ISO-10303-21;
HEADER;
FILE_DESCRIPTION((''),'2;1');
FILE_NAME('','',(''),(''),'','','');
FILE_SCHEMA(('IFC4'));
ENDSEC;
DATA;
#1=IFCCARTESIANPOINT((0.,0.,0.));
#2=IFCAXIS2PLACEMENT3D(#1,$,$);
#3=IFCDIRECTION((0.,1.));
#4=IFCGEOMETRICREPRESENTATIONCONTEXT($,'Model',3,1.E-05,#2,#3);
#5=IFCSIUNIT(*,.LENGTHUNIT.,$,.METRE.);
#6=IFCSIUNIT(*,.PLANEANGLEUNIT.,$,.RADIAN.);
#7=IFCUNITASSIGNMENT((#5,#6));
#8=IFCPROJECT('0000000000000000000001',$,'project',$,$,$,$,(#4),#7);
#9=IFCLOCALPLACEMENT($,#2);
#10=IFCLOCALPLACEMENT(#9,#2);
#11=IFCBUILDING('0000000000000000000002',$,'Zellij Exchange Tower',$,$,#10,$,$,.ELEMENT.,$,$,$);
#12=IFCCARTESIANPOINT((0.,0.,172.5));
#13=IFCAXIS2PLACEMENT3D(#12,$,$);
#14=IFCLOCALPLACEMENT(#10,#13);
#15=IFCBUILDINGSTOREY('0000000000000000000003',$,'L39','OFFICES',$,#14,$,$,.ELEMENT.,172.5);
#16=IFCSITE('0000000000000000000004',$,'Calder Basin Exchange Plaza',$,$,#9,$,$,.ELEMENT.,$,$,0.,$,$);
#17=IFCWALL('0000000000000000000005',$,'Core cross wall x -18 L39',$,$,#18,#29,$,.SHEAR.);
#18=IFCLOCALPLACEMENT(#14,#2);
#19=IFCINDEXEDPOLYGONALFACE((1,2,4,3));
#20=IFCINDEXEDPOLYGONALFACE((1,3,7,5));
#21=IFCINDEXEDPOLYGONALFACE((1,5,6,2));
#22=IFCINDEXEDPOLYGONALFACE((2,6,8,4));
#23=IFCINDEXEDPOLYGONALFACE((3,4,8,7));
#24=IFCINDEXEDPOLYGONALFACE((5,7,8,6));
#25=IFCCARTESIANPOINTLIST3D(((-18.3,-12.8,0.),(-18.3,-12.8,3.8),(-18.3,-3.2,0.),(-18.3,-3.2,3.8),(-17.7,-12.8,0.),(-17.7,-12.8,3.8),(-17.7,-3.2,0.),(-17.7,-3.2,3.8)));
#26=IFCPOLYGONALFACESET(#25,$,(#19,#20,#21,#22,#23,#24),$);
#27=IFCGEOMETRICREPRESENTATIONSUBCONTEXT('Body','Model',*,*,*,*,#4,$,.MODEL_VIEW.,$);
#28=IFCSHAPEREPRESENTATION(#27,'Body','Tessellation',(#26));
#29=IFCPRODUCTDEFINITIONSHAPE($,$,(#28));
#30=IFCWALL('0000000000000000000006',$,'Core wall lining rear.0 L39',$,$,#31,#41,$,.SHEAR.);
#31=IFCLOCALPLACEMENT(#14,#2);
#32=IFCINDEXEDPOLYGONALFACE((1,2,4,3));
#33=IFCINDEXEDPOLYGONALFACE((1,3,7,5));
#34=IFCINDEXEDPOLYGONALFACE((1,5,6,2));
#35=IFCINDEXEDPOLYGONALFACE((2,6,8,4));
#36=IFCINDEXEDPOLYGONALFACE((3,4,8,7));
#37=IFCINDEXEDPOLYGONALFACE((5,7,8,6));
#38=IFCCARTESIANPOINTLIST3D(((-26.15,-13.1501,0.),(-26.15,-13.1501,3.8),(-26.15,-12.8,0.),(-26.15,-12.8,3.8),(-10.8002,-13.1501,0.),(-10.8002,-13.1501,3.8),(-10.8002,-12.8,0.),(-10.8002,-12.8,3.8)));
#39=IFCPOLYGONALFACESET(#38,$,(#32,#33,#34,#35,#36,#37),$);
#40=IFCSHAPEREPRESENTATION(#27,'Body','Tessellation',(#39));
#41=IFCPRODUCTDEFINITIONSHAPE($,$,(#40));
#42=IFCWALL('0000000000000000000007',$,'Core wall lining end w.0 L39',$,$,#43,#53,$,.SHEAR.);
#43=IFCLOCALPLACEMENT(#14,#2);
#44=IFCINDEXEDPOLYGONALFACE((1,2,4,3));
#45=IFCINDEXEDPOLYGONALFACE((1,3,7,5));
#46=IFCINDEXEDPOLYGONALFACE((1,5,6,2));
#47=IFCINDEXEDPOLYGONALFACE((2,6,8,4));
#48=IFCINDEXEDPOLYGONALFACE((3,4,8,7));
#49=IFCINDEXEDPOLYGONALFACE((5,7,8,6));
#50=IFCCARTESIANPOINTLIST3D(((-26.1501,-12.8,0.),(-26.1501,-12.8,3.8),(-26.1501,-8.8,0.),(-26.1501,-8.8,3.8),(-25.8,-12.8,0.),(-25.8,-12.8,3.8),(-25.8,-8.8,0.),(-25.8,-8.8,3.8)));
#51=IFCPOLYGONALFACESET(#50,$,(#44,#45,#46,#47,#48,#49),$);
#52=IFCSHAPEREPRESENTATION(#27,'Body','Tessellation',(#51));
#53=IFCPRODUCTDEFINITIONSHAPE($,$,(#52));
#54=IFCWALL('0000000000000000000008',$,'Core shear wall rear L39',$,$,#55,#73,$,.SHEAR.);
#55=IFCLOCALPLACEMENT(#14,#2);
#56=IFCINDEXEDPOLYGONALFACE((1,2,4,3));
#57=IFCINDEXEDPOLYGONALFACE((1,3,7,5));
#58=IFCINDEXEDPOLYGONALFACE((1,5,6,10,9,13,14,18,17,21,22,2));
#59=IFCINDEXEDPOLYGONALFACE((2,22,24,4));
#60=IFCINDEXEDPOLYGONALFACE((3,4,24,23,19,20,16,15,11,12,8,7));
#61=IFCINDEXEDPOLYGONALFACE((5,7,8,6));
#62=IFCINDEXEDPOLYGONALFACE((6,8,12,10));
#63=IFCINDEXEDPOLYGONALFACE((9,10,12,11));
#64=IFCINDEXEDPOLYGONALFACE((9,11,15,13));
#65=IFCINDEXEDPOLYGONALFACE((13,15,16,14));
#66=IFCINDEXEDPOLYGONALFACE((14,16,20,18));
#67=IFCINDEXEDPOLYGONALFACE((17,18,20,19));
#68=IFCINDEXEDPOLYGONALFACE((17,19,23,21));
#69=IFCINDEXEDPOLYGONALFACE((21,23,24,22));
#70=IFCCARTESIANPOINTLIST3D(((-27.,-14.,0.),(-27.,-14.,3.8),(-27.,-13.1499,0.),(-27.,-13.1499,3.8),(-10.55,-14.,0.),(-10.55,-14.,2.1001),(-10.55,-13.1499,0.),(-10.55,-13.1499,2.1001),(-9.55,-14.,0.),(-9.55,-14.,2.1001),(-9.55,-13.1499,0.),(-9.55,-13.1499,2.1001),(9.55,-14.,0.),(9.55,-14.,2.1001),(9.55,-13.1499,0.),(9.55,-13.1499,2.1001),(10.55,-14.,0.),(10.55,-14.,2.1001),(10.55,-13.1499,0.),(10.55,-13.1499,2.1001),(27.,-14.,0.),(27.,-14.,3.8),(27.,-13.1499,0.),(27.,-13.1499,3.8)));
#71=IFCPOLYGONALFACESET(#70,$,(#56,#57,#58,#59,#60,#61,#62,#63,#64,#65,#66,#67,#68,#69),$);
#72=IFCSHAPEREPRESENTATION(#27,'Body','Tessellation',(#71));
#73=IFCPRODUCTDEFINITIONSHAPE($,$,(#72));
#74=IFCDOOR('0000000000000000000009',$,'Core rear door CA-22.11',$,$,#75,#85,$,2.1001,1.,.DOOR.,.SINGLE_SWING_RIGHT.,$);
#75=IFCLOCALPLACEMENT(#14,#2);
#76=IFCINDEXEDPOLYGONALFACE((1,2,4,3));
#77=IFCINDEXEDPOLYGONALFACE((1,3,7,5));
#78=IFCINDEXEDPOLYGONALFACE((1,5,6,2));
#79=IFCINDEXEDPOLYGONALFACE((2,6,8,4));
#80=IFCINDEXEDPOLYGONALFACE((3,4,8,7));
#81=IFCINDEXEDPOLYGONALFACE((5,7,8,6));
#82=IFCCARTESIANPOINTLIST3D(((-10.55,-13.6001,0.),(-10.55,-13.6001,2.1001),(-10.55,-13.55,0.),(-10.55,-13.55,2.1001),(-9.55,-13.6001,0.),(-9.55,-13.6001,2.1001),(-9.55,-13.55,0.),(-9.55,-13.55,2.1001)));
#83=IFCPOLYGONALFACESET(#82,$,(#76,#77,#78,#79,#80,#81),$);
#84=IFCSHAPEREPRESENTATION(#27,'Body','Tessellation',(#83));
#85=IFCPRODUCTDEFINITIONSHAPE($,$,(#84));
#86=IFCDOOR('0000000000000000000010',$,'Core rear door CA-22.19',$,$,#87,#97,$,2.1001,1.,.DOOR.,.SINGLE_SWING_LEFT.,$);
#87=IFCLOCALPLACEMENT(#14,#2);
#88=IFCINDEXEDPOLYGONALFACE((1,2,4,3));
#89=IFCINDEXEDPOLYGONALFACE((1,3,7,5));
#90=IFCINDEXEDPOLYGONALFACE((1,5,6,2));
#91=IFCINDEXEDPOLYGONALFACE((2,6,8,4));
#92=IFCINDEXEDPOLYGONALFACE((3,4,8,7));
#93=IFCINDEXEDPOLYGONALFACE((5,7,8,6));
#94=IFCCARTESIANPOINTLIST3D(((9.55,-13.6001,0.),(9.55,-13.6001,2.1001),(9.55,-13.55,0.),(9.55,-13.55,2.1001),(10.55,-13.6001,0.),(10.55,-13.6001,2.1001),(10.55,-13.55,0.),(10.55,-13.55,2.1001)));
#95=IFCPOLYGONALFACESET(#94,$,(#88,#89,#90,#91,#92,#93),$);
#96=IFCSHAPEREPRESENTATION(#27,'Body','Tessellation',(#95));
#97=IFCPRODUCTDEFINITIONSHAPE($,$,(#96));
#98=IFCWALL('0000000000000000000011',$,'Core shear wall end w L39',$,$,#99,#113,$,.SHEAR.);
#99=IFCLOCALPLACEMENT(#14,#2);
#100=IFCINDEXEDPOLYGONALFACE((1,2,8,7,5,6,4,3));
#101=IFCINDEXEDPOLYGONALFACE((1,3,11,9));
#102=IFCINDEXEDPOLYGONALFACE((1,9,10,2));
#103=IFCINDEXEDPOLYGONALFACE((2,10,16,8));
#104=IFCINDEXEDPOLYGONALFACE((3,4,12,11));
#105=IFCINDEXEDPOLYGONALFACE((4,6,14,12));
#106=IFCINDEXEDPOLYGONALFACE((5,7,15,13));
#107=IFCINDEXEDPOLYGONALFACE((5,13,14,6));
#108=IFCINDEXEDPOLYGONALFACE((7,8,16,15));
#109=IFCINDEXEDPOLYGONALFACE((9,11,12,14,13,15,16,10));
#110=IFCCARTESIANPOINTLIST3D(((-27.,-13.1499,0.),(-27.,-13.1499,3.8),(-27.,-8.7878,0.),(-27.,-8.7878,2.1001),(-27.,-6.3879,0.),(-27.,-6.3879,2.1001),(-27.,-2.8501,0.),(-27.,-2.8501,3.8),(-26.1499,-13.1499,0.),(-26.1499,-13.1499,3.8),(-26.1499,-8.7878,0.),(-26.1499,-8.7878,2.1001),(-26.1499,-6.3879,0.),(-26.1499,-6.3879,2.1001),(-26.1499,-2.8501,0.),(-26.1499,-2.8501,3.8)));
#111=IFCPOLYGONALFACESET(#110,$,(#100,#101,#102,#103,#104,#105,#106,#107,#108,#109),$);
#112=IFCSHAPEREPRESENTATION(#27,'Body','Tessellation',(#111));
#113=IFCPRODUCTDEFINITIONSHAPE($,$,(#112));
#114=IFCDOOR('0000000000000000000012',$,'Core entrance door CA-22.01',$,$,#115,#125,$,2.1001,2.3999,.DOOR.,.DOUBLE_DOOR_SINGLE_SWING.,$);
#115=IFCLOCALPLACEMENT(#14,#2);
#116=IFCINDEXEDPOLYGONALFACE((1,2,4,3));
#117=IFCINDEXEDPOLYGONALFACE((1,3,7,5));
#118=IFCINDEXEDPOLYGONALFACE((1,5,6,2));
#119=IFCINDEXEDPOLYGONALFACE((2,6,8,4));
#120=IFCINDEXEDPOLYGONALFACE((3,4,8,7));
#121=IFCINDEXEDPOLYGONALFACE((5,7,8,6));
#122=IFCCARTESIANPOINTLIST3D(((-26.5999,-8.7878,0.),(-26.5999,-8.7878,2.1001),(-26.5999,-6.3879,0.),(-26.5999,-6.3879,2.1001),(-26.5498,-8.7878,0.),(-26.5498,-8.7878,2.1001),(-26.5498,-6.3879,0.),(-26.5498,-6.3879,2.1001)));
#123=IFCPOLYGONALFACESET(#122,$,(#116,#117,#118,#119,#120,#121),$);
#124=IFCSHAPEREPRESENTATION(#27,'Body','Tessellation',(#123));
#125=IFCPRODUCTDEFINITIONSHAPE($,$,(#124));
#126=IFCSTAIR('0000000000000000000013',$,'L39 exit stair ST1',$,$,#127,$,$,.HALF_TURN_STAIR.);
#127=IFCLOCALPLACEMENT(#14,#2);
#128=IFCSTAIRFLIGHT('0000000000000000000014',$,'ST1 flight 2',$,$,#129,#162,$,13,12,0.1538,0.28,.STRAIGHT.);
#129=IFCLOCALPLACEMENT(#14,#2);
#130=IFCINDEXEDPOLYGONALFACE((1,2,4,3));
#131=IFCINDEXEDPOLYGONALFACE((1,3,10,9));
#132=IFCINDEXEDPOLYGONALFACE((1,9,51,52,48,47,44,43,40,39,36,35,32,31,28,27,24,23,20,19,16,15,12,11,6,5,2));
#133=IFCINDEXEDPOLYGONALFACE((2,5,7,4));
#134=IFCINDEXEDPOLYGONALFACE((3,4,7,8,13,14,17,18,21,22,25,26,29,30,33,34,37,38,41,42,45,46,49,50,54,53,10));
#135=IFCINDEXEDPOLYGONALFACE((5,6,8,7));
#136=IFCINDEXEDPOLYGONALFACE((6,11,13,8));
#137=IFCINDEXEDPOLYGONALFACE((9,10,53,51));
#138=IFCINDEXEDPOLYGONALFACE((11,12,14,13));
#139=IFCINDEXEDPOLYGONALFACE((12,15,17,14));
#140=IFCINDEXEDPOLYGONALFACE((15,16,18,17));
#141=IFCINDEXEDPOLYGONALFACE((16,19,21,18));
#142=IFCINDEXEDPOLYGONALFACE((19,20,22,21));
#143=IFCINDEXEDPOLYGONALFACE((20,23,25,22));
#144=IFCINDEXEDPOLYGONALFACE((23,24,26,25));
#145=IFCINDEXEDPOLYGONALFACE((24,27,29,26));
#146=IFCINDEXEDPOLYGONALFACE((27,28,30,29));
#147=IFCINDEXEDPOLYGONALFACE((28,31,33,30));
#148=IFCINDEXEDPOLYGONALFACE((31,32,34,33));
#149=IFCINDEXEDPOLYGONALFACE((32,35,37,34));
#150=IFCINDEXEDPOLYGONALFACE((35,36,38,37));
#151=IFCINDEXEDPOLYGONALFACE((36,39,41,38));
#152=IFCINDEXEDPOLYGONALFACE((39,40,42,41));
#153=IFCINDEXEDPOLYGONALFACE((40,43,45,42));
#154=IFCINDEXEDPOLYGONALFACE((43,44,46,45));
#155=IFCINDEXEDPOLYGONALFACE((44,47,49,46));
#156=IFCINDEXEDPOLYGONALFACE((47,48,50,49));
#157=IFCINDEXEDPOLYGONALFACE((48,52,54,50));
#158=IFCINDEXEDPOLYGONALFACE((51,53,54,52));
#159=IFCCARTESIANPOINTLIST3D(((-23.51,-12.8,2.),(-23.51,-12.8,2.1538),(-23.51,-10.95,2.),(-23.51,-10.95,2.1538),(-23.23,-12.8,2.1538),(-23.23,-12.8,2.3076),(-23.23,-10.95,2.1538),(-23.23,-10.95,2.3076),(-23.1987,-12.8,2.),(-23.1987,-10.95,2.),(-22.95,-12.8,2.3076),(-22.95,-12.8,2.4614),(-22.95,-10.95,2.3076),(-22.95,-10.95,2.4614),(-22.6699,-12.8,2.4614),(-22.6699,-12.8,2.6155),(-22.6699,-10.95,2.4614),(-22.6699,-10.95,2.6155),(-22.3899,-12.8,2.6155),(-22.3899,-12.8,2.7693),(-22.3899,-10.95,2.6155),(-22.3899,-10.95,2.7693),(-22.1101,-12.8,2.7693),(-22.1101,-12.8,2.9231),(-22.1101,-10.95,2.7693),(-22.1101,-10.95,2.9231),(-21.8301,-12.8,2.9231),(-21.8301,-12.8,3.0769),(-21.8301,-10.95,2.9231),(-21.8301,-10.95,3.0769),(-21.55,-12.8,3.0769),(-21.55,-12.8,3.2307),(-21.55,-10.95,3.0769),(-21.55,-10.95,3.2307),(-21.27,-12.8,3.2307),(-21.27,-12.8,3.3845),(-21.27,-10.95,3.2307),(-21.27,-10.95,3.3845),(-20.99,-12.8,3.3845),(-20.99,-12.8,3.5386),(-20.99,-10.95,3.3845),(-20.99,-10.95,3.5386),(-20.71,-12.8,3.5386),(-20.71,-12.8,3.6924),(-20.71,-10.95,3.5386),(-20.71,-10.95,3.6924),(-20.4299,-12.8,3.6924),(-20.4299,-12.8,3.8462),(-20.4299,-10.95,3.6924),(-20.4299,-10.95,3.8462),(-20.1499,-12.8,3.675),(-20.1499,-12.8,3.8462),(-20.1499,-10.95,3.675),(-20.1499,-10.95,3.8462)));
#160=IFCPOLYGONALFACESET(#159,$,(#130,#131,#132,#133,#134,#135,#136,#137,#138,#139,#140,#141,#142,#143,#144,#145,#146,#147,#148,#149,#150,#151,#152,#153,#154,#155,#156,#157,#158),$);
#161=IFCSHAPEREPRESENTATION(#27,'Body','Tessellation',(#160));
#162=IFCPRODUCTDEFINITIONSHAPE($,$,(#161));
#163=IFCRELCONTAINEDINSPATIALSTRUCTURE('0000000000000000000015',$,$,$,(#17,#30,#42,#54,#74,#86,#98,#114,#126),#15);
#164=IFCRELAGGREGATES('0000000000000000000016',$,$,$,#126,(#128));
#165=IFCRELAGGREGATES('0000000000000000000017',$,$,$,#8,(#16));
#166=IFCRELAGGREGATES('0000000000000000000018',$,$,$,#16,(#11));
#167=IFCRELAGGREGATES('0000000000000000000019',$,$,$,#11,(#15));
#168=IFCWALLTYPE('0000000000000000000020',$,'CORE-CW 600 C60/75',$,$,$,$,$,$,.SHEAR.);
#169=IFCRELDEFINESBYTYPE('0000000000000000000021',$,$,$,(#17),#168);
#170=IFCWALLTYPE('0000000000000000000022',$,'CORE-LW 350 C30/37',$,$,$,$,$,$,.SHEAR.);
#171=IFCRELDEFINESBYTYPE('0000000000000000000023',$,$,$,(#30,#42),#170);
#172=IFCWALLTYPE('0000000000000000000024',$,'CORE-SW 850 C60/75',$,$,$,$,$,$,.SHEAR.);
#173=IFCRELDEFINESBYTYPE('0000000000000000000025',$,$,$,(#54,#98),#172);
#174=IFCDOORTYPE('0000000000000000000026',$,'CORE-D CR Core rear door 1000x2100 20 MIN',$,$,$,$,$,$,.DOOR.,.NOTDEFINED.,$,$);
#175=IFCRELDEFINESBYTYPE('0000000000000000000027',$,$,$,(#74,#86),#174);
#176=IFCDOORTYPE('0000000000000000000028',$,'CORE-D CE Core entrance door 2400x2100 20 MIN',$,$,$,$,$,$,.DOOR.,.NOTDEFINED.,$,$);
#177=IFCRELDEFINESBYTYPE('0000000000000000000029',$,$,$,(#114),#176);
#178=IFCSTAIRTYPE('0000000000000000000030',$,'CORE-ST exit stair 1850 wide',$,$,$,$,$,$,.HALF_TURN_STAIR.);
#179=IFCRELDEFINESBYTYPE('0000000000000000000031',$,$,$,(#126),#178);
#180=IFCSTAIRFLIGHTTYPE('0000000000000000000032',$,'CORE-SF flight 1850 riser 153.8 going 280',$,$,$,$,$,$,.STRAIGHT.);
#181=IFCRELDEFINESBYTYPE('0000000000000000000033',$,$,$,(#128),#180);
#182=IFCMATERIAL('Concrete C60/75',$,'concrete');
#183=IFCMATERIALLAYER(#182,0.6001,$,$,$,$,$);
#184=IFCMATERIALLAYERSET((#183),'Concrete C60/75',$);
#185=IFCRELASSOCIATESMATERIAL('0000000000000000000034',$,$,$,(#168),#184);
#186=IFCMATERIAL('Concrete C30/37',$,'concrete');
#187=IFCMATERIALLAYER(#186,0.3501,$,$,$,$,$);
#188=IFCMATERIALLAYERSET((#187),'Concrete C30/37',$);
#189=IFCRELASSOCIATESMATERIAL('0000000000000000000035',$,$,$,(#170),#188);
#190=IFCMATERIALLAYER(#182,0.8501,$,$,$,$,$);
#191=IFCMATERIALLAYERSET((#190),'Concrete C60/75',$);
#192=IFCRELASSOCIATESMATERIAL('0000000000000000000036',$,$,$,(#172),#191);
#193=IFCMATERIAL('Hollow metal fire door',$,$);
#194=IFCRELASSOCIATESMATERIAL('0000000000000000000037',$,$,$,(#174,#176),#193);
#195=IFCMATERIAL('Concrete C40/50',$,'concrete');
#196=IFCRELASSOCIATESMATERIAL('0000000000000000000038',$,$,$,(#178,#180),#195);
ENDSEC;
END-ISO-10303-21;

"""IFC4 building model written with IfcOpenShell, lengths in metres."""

from ifc_helpers import new_model, si_unit, direction, frame, frame_2d, origin, place, context, subcontext, project, spatial, polyline, rectangle, outline, extrude, material, layer, layer_set, type_object, element, fill, aggregate, save


model = new_model("IFC4")

# Units and contexts
model_context = context("Model", 3, precision=1e-05, world=origin(), true_north=direction((0.0, 1.0)))
body_context = subcontext(model_context, "Body", "Model", "MODEL_VIEW")
ifc_project = project(units=[si_unit("LENGTHUNIT", "METRE"), si_unit("PLANEANGLEUNIT", "RADIAN")], contexts=[model_context])

# Site, building, storey
site_placement = place(None, origin())
site = spatial("IfcSite", under=ifc_project, at=site_placement, Name="Calder Basin Exchange Plaza", CompositionType="ELEMENT", RefElevation=0.0)
building_placement = place(site_placement, origin())
building = spatial("IfcBuilding", under=site, at=building_placement, Name="Zellij Exchange Tower", CompositionType="ELEMENT")
storey_placement = place(building_placement, frame((0.0, 0.0, 172.5)))
storey = spatial("IfcBuildingStorey", under=building, at=storey_placement, Name="L39", Description="OFFICES", CompositionType="ELEMENT", Elevation=172.5)

# Walls
ifc_material_1 = material(Name="Concrete C60/75", Category="concrete")
ifc_layer_1 = layer(ifc_material_1, 0.6001)
ifc_layer_set_1 = layer_set([ifc_layer_1], Name="Concrete C60/75")
wall_type_1 = type_object("IfcWallType", Name="CORE-CW 600 C60/75", PredefinedType="SHEAR", material=ifc_layer_set_1)
wall_1_placement = place(storey_placement, frame((-18.0, -12.8, 0.0), z_axis=(0.0, 0.0, 1.0), x_axis=(0.0, 1.0, 0.0)))
element("IfcWall", 1, at=wall_1_placement, inside=storey, type_object=wall_type_1, Name="Core cross wall x -18 L39", PredefinedType="SHEAR", context=body_context, shape_type="SweptSolid", body=[
    extrude(rectangle(XDim=9.6001, YDim=0.6001, at=frame_2d((4.8, 0.0))), origin(), (0.0, 0.0, 1.0), 3.8),
])
ifc_material_2 = material(Name="Concrete C30/37", Category="concrete")
ifc_layer_2 = layer(ifc_material_2, 0.3501)
ifc_layer_set_2 = layer_set([ifc_layer_2], Name="Concrete C30/37")
wall_type_2 = type_object("IfcWallType", Name="CORE-LW 350 C30/37", PredefinedType="SHEAR", material=ifc_layer_set_2)
wall_2_placement = place(storey_placement, frame((-26.1499, -12.9751, 0.0), z_axis=(0.0, 0.0, 1.0), x_axis=(1.0, 0.0, 0.0)))
element("IfcWall", 2, at=wall_2_placement, inside=storey, type_object=wall_type_2, Name="Core wall lining rear.0 L39", PredefinedType="SHEAR", context=body_context, shape_type="SweptSolid", body=[
    extrude(rectangle(XDim=15.3499, YDim=0.3501, at=frame_2d((7.6748, 0.0))), origin(), (0.0, 0.0, 1.0), 3.8),
])
wall_3_placement = place(storey_placement, frame((-25.9751, -12.8, 0.0), z_axis=(0.0, 0.0, 1.0), x_axis=(0.0, 1.0, 0.0)))
element("IfcWall", 3, at=wall_3_placement, inside=storey, type_object=wall_type_2, Name="Core wall lining end w.0 L39", PredefinedType="SHEAR", context=body_context, shape_type="SweptSolid", body=[
    extrude(rectangle(XDim=4.0, YDim=0.3501, at=frame_2d((2.0, 0.0))), origin(), (0.0, 0.0, 1.0), 3.8),
])

# Wall, openings, doors
ifc_layer_3 = layer(ifc_material_1, 0.8501)
ifc_layer_set_3 = layer_set([ifc_layer_3], Name="Concrete C60/75")
wall_type_3 = type_object("IfcWallType", Name="CORE-SW 850 C60/75", PredefinedType="SHEAR", material=ifc_layer_set_3)
wall_4_placement = place(storey_placement, frame((-27.0, -13.575, 0.0), z_axis=(0.0, 0.0, 1.0), x_axis=(1.0, 0.0, 0.0)))
wall_4 = element("IfcWall", 4, at=wall_4_placement, inside=storey, type_object=wall_type_3, Name="Core shear wall rear L39", PredefinedType="SHEAR", context=body_context, shape_type="SweptSolid", body=[
    extrude(rectangle(XDim=54.0, YDim=0.8501, at=frame_2d((27.0, 0.0))), origin(), (0.0, 0.0, 1.0), 3.8),
])
opening_1_placement = place(wall_4_placement, frame((16.45, 0.0, 0.0)))
opening_1 = element("IfcOpeningElement", 5, at=opening_1_placement, cuts=wall_4, PredefinedType="OPENING", context=body_context, shape_type="SweptSolid", body=[
    extrude(rectangle(XDim=1.0, YDim=2.1001, at=frame_2d((0.5, 1.05))), frame((0.0, 0.437, 0.0), z_axis=(0.0, -1.0, 0.0), x_axis=(1.0, 0.0, 0.0)), (0.0, 0.0, 1.0), 0.874),
])
opening_2_placement = place(wall_4_placement, frame((36.55, 0.0, 0.0)))
opening_2 = element("IfcOpeningElement", 6, at=opening_2_placement, cuts=wall_4, PredefinedType="OPENING", context=body_context, shape_type="SweptSolid", body=[
    extrude(rectangle(XDim=1.0, YDim=2.1001, at=frame_2d((0.5, 1.05))), frame((0.0, 0.437, 0.0), z_axis=(0.0, -1.0, 0.0), x_axis=(1.0, 0.0, 0.0)), (0.0, 0.0, 1.0), 0.874),
])
ifc_material_3 = material(Name="Hollow metal fire door")
door_type_1 = type_object("IfcDoorType", Name="CORE-D CR Core rear door 1000x2100 20 MIN", OperationType="NOTDEFINED", PredefinedType="DOOR", material=ifc_material_3)
door_1_placement = place(opening_1_placement, origin())
door_1 = element("IfcDoor", 7, at=door_1_placement, inside=storey, type_object=door_type_1, Name="Core rear door CA-22.11", OperationType="SINGLE_SWING_RIGHT", OverallHeight=2.1001, OverallWidth=1.0, PredefinedType="DOOR", context=body_context, shape_type="SweptSolid", body=[
    extrude(rectangle(XDim=1.0, YDim=2.1001, at=frame_2d((0.5, 1.05))), frame((0.0, 0.0249, 0.0), z_axis=(0.0, -1.0, 0.0), x_axis=(1.0, 0.0, 0.0)), (0.0, 0.0, 1.0), 0.05),
])
fill(opening_1, door_1)
door_2_placement = place(opening_2_placement, origin())
door_2 = element("IfcDoor", 8, at=door_2_placement, inside=storey, type_object=door_type_1, Name="Core rear door CA-22.19", OperationType="SINGLE_SWING_LEFT", OverallHeight=2.1001, OverallWidth=1.0, PredefinedType="DOOR", context=body_context, shape_type="SweptSolid", body=[
    extrude(rectangle(XDim=1.0, YDim=2.1001, at=frame_2d((0.5, 1.05))), frame((0.0, 0.0249, 0.0), z_axis=(0.0, -1.0, 0.0), x_axis=(1.0, 0.0, 0.0)), (0.0, 0.0, 1.0), 0.05),
])
fill(opening_2, door_2)

# Wall, opening, door
wall_5_placement = place(storey_placement, frame((-26.575, -13.1499, 0.0), z_axis=(0.0, 0.0, 1.0), x_axis=(0.0, 1.0, 0.0)))
wall_5 = element("IfcWall", 9, at=wall_5_placement, inside=storey, type_object=wall_type_3, Name="Core shear wall end w L39", PredefinedType="SHEAR", context=body_context, shape_type="SweptSolid", body=[
    extrude(rectangle(XDim=10.2998, YDim=0.8501, at=frame_2d((5.1499, 0.0))), origin(), (0.0, 0.0, 1.0), 3.8),
])
opening_3_placement = place(wall_5_placement, frame((4.3621, 0.0, 0.0)))
opening_3 = element("IfcOpeningElement", 10, at=opening_3_placement, cuts=wall_5, PredefinedType="OPENING", context=body_context, shape_type="SweptSolid", body=[
    extrude(rectangle(XDim=2.3999, YDim=2.1001, at=frame_2d((1.2, 1.05))), frame((0.0, 0.437, 0.0), z_axis=(0.0, -1.0, 0.0), x_axis=(1.0, 0.0, 0.0)), (0.0, 0.0, 1.0), 0.874),
])
door_type_2 = type_object("IfcDoorType", Name="CORE-D CE Core entrance door 2400x2100 20 MIN", OperationType="NOTDEFINED", PredefinedType="DOOR", material=ifc_material_3)
door_3_placement = place(opening_3_placement, origin())
door_3 = element("IfcDoor", 11, at=door_3_placement, inside=storey, type_object=door_type_2, Name="Core entrance door CA-22.01", OperationType="DOUBLE_DOOR_SINGLE_SWING", OverallHeight=2.1001, OverallWidth=2.3999, PredefinedType="DOOR", context=body_context, shape_type="SweptSolid", body=[
    extrude(rectangle(XDim=2.3999, YDim=2.1001, at=frame_2d((1.2, 1.05))), frame((0.0, 0.0249, 0.0), z_axis=(0.0, -1.0, 0.0), x_axis=(1.0, 0.0, 0.0)), (0.0, 0.0, 1.0), 0.05),
])
fill(opening_3, door_3)

# Stair, stair flight
ifc_material_4 = material(Name="Concrete C40/50", Category="concrete")
stair_type = type_object("IfcStairType", Name="CORE-ST exit stair 1850 wide", PredefinedType="HALF_TURN_STAIR", material=ifc_material_4)
stair_placement = place(storey_placement, origin())
stair = element("IfcStair", 12, at=stair_placement, inside=storey, type_object=stair_type, Name="L39 exit stair ST1", PredefinedType="HALF_TURN_STAIR")
stair_flight_type = type_object("IfcStairFlightType", Name="CORE-SF flight 1850 riser 153.8 going 280", PredefinedType="STRAIGHT", material=ifc_material_4)
stair_flight_placement = place(storey_placement, frame((-23.51, -11.875, 2.0), z_axis=(0.0, 0.0, 1.0), x_axis=(1.0, 0.0, 0.0)))
stair_flight = element("IfcStairFlight", 13, at=stair_flight_placement, type_object=stair_flight_type, Name="ST1 flight 2", NumberOfRisers=13, NumberOfTreads=12, PredefinedType="STRAIGHT", RiserHeight=0.1538, TreadLength=0.28, context=body_context, shape_type="SweptSolid", body=[
    extrude(outline(polyline([(0.0, 0.0), (0.0, 0.1538), (0.28, 0.1538), (0.28, 0.3076), (0.5601, 0.3076), (0.5601, 0.4614), (0.8401, 0.4614), (0.8401, 0.6155), (1.1201, 0.6155), (1.1201, 0.7693), (1.3999, 0.7693), (1.3999, 0.9231), (1.6799, 0.9231), (1.6799, 1.0769), (1.96, 1.0769), (1.96, 1.2307), (2.24, 1.2307), (2.24, 1.3845), (2.52, 1.3845), (2.52, 1.5386), (2.8, 1.5386), (2.8, 1.6924), (3.0801, 1.6924), (3.0801, 1.8462), (3.3601, 1.8462), (3.3601, 2.0), (3.3601, 1.675), (0.3113, 0.0), (0.0, 0.0)])), frame((0.0, 0.925, 0.0), z_axis=(0.0, -1.0, 0.0), x_axis=(1.0, 0.0, 0.0)), (0.0, 0.0, 1.0), 1.8501),
])
aggregate(stair, [stair_flight])

save(model, "model.ifc")
